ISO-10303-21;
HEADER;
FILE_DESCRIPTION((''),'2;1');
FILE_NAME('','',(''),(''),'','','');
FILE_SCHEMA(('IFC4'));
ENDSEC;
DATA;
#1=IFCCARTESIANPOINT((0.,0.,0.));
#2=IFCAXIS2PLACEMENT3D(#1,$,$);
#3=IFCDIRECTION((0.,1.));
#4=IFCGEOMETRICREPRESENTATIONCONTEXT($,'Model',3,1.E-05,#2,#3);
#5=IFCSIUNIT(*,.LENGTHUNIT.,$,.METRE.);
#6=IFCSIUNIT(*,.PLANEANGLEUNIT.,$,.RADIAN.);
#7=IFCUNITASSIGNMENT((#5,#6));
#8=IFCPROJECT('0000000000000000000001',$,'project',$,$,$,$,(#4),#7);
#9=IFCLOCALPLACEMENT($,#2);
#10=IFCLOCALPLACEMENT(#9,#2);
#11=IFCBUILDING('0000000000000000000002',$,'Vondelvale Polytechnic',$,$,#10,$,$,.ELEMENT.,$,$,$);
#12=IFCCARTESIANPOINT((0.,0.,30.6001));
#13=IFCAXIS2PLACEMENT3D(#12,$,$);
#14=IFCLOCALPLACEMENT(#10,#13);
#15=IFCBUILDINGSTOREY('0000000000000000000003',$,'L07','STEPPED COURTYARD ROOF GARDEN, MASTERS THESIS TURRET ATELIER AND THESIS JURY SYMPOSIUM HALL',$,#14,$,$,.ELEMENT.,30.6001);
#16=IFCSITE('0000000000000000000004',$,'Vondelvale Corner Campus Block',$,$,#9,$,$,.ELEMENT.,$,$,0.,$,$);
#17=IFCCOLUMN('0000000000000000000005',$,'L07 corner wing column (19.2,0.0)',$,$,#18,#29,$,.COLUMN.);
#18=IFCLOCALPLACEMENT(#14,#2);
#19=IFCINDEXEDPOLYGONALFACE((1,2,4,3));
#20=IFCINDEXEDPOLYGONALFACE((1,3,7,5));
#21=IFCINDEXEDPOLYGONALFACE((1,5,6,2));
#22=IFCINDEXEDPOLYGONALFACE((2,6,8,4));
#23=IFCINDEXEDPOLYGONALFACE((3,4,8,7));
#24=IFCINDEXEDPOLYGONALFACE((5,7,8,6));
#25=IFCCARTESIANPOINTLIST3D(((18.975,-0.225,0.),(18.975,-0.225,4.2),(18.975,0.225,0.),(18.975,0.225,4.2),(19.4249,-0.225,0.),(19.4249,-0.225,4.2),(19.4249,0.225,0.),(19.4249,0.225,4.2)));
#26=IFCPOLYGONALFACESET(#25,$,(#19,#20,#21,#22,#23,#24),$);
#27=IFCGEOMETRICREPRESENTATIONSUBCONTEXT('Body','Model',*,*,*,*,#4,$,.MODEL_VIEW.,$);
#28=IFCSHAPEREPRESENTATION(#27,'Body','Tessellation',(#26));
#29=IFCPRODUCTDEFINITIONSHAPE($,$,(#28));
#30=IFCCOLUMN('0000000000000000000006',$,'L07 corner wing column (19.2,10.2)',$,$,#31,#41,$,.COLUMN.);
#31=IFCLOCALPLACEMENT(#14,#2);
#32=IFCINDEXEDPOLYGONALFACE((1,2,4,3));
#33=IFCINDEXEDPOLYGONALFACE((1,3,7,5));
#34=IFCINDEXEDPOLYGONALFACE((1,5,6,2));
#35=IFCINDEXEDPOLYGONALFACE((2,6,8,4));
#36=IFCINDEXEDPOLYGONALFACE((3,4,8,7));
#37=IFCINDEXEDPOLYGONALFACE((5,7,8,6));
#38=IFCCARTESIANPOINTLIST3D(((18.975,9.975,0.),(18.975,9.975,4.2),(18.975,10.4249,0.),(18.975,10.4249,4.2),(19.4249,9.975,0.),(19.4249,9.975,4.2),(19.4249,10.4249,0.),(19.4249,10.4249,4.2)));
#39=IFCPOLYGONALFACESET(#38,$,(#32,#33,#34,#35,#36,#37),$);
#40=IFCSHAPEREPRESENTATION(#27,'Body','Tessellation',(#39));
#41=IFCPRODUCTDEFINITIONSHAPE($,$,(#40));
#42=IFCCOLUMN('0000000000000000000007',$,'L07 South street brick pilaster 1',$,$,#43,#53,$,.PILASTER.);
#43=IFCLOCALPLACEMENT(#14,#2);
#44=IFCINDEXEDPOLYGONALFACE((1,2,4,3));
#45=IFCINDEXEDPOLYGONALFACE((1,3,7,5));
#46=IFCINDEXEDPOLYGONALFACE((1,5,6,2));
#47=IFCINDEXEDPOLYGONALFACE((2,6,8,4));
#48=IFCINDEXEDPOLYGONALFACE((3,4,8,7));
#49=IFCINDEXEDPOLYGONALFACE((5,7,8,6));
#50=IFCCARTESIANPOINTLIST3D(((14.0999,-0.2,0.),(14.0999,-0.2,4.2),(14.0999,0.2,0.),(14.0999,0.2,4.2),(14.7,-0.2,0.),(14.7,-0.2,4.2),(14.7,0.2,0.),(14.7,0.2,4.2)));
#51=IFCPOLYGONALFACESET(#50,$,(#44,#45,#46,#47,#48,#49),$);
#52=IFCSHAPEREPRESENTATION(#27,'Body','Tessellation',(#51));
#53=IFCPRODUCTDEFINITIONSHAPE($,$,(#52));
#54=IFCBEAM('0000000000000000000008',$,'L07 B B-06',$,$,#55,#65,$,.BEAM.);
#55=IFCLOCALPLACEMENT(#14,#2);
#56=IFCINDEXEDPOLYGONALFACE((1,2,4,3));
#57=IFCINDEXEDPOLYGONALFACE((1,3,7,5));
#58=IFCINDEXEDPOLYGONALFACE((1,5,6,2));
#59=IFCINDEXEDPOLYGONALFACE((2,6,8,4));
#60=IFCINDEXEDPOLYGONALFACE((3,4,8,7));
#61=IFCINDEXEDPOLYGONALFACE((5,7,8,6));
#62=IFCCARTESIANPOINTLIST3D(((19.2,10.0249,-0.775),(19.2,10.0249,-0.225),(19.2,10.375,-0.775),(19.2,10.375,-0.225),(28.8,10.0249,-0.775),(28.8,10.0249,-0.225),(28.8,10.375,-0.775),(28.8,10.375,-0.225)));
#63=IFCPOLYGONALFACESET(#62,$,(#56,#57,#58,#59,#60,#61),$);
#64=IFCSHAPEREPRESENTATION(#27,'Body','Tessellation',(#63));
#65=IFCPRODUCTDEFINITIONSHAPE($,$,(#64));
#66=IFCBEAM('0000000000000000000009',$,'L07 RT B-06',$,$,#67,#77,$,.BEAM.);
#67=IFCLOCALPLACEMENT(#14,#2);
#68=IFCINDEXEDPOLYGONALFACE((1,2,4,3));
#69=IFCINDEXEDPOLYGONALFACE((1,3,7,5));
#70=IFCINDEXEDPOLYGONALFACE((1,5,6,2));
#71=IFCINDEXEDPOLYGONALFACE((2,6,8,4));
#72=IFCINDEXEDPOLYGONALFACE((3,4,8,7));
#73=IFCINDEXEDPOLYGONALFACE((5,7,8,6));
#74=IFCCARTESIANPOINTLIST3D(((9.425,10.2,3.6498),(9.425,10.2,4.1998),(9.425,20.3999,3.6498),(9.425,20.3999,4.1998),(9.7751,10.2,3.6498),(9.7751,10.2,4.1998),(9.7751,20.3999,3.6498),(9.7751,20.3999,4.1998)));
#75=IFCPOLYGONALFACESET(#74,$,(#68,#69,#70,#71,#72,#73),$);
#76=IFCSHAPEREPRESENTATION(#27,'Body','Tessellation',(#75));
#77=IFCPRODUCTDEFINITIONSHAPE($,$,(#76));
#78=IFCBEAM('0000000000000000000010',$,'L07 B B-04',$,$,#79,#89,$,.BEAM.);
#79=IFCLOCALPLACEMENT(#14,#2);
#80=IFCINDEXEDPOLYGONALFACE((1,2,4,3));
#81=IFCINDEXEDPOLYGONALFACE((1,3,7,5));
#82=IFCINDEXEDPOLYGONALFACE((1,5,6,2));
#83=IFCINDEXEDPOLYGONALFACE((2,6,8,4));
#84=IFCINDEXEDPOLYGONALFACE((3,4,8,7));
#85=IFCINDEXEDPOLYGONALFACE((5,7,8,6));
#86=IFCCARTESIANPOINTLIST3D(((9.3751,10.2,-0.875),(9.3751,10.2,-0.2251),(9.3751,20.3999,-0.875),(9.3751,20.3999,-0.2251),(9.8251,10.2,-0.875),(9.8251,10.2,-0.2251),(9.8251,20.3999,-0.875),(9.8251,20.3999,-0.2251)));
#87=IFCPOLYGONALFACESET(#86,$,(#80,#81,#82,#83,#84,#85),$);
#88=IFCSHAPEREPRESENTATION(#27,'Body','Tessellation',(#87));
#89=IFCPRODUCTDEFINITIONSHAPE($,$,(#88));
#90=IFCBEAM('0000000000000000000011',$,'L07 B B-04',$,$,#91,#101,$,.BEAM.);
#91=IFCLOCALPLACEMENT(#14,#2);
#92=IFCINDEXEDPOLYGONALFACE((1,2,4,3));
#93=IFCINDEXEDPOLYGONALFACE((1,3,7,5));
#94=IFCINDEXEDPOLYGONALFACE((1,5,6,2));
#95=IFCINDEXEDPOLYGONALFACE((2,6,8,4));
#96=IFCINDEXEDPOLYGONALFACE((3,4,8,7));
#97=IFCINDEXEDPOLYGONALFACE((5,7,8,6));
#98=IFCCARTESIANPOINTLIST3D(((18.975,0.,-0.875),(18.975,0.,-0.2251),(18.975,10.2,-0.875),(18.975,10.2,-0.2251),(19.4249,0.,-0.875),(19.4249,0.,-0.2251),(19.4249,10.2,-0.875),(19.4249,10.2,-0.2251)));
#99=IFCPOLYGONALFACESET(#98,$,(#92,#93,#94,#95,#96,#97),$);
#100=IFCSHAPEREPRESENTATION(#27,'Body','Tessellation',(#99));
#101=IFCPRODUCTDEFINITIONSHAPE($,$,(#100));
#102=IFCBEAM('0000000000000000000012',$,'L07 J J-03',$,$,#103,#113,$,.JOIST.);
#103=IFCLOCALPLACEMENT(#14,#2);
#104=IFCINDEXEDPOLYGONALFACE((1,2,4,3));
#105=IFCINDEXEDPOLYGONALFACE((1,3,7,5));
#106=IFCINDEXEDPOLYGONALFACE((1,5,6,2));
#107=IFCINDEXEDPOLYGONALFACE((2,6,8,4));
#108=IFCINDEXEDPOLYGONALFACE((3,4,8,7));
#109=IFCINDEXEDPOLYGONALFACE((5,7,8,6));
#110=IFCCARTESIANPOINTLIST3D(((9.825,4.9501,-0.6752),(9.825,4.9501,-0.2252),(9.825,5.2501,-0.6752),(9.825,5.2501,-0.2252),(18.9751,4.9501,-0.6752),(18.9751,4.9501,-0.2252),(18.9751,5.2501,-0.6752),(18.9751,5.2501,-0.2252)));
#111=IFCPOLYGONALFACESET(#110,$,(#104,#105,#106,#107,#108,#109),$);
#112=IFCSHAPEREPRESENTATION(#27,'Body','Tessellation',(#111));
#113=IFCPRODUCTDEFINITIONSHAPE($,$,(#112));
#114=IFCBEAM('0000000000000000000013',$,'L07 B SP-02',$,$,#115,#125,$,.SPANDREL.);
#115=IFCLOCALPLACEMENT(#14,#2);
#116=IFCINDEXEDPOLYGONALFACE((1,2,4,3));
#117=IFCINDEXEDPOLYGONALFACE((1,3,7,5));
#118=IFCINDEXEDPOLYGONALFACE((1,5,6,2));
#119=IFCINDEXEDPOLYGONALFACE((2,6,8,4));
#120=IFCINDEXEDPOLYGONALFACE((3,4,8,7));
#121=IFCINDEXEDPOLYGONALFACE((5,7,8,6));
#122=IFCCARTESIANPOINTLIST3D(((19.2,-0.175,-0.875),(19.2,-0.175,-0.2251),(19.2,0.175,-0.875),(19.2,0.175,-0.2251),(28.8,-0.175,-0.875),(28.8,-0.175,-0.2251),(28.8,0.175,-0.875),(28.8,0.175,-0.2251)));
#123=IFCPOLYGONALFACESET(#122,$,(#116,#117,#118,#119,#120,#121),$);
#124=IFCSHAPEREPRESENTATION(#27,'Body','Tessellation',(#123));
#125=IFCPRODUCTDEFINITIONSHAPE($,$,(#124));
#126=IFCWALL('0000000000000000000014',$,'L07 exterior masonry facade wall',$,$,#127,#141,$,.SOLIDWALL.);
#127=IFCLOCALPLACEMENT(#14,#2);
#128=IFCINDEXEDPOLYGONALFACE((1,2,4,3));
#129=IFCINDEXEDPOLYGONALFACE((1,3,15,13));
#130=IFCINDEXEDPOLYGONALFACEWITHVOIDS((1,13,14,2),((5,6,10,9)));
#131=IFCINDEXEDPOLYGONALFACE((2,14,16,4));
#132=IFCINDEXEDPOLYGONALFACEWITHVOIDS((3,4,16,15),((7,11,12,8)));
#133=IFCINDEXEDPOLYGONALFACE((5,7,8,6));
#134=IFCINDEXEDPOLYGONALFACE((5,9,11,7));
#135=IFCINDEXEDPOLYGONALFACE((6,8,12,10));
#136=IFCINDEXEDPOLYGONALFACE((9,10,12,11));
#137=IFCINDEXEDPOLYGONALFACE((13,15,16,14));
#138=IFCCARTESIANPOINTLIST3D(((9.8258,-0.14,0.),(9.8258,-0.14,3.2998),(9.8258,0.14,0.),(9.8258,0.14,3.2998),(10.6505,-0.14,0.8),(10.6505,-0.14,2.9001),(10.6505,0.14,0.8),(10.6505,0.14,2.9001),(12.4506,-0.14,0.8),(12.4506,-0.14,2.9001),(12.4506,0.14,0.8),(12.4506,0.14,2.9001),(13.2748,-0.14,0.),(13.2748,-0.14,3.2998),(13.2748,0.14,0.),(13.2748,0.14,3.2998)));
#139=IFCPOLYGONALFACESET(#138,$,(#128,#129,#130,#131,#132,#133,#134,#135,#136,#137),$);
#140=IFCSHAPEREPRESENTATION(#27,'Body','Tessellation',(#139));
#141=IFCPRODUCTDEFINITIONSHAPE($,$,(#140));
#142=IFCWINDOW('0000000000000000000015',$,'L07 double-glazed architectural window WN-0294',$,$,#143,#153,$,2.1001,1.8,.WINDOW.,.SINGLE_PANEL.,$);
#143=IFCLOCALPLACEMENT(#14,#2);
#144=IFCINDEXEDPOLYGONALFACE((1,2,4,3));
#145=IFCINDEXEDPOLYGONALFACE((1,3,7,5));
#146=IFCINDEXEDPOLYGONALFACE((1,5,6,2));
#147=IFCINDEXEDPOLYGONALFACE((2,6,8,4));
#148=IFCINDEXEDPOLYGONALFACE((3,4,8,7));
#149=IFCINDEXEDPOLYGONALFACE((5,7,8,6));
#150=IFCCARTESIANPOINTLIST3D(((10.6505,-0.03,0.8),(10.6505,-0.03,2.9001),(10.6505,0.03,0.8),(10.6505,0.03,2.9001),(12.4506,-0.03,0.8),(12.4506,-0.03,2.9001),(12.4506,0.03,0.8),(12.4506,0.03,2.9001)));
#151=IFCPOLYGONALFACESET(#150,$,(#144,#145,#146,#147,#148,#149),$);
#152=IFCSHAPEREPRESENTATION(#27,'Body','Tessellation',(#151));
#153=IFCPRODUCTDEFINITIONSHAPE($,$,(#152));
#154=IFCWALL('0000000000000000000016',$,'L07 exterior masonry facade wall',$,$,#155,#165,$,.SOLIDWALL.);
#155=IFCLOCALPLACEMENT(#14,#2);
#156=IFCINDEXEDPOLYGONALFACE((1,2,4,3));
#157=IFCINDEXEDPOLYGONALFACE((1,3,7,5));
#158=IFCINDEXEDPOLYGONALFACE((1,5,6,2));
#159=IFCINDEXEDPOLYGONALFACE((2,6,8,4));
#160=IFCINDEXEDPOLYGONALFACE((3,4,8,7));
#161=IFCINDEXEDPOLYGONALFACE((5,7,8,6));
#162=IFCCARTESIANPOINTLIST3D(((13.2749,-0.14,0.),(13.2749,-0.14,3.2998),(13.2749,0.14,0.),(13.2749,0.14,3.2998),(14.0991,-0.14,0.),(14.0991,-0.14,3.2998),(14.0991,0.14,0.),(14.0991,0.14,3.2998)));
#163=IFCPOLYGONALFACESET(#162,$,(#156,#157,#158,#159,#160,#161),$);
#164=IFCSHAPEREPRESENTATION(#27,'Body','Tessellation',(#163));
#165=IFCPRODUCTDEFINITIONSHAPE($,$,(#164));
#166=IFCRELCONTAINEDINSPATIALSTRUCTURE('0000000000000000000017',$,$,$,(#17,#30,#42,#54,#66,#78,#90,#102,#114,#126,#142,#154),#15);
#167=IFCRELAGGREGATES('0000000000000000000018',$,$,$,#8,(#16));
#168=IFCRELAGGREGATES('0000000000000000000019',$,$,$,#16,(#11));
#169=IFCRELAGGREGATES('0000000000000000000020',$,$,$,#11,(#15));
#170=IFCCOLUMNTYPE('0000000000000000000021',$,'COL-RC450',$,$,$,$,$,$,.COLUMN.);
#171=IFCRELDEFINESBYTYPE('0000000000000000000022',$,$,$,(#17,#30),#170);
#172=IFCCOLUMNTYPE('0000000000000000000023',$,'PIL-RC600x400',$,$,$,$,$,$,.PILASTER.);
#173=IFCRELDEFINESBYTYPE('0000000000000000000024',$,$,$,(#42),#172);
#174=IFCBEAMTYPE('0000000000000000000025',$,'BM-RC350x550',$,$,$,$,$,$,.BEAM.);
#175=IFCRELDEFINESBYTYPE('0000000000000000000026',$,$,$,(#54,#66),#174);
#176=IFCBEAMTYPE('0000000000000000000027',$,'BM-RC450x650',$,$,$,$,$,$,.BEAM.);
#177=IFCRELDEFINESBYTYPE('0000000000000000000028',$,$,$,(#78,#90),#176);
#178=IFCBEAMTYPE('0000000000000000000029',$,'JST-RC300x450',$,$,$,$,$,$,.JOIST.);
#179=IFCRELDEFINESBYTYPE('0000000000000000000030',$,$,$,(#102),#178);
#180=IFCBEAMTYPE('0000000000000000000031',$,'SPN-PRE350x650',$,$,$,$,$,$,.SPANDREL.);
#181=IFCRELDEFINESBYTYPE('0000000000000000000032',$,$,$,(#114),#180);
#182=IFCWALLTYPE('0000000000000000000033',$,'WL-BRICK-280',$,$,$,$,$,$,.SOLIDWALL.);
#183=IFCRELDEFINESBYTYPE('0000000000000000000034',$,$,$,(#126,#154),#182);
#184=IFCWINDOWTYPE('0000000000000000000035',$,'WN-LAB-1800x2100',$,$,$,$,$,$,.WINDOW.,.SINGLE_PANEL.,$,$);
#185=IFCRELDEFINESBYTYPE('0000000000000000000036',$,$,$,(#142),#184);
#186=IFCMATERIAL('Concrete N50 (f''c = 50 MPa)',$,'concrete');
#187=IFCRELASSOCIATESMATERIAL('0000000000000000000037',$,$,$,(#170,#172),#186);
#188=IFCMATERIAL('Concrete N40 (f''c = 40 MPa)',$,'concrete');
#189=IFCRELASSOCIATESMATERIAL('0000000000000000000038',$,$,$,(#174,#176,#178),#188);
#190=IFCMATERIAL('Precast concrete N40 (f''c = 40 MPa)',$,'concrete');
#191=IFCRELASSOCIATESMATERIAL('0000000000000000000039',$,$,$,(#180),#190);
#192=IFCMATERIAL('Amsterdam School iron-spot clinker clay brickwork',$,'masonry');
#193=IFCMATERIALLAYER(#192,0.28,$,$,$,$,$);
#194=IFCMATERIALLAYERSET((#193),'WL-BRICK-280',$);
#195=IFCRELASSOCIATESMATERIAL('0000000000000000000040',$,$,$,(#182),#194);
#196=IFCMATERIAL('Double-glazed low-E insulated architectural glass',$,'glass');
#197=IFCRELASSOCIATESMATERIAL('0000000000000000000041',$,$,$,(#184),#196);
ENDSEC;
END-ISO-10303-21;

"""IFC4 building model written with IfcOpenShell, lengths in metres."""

from ifc_helpers import new_model, si_unit, direction, frame, frame_2d, origin, origin_2d, place, context, subcontext, project, spatial, rectangle, extrude, material, layer, layer_set, material_profile, profile_set, type_object, element, fill, save


model = new_model("IFC4")

# Units and contexts
model_context = context("Model", 3, precision=1e-05, world=origin(), true_north=direction((0.0, 1.0)))
body_context = subcontext(model_context, "Body", "Model", "MODEL_VIEW")
ifc_project = project(units=[si_unit("LENGTHUNIT", "METRE"), si_unit("PLANEANGLEUNIT", "RADIAN")], contexts=[model_context])

# Site, building, storey
site_placement = place(None, origin())
site = spatial("IfcSite", under=ifc_project, at=site_placement, Name="Vondelvale Corner Campus Block", CompositionType="ELEMENT", RefElevation=0.0)
building_placement = place(site_placement, origin())
building = spatial("IfcBuilding", under=site, at=building_placement, Name="Vondelvale Polytechnic", CompositionType="ELEMENT")
storey_placement = place(building_placement, frame((0.0, 0.0, 30.6001)))
storey = spatial("IfcBuildingStorey", under=building, at=storey_placement, Name="L07", Description="STEPPED COURTYARD ROOF GARDEN, MASTERS THESIS TURRET ATELIER AND THESIS JURY SYMPOSIUM HALL", CompositionType="ELEMENT", Elevation=30.6001)

# Columns
ifc_material_1 = material(Name="Concrete N50 (f'c = 50 MPa)", Category="concrete")
ifc_material_profile_1 = material_profile(ifc_material_1, rectangle(XDim=0.45, YDim=0.45, at=origin_2d()), Name="RC-COL-450x450")
ifc_profile_set_1 = profile_set([ifc_material_profile_1], Name="Concrete N50 (f'c = 50 MPa)")
column_type_1 = type_object("IfcColumnType", Name="COL-RC450", PredefinedType="COLUMN", material=ifc_profile_set_1)
for number, where, z_axis, x_axis, name in (
    (1, (19.2, 0.0, 0.0), (0.0, 0.0, 1.0), (1.0, 0.0, 0.0), "L07 corner wing column (19.2,0.0)"),
    (2, (19.2, 10.2, 0.0), (0.0, 0.0, 1.0), (1.0, 0.0, 0.0), "L07 corner wing column (19.2,10.2)"),
):
    element("IfcColumn", number, at=place(storey_placement, frame(where, z_axis=z_axis, x_axis=x_axis)), inside=storey, type_object=column_type_1, Name=name, PredefinedType="COLUMN", context=body_context, shape_type="SweptSolid", body=[
        extrude(rectangle(XDim=0.45, YDim=0.45, at=origin_2d()), origin(), (0.0, 0.0, 1.0), 4.2),
    ])
ifc_material_profile_2 = material_profile(ifc_material_1, rectangle(XDim=0.3999, YDim=0.6001, at=origin_2d()), Name="RC-PIL-600x400")
ifc_profile_set_2 = profile_set([ifc_material_profile_2], Name="Concrete N50 (f'c = 50 MPa)")
column_type_2 = type_object("IfcColumnType", Name="PIL-RC600x400", PredefinedType="PILASTER", material=ifc_profile_set_2)
column_placement = place(storey_placement, frame((14.3999, 0.0, 0.0), z_axis=(0.0, 0.0, 1.0), x_axis=(0.0, 1.0, 0.0)))
element("IfcColumn", 3, at=column_placement, inside=storey, type_object=column_type_2, Name="L07 South street brick pilaster 1", PredefinedType="PILASTER", context=body_context, shape_type="SweptSolid", body=[
    extrude(rectangle(XDim=0.3999, YDim=0.6001, at=origin_2d()), origin(), (0.0, 0.0, 1.0), 4.2),
])

# Beams
ifc_material_2 = material(Name="Concrete N40 (f'c = 40 MPa)", Category="concrete")
ifc_material_profile_3 = material_profile(ifc_material_2, rectangle(XDim=0.3501, YDim=0.55, at=origin_2d()), Name="RC-BM-350x550")
ifc_profile_set_3 = profile_set([ifc_material_profile_3], Name="Concrete N40 (f'c = 40 MPa)")
beam_type_1 = type_object("IfcBeamType", Name="BM-RC350x550", PredefinedType="BEAM", material=ifc_profile_set_3)
beam_1_placement = place(storey_placement, frame((19.2, 10.2, -0.5), z_axis=(1.0, 0.0, 0.0), x_axis=(0.0, 1.0, 0.0)))
element("IfcBeam", 4, at=beam_1_placement, inside=storey, type_object=beam_type_1, Name="L07 B B-06", PredefinedType="BEAM", context=body_context, shape_type="SweptSolid", body=[
    extrude(rectangle(XDim=0.3501, YDim=0.55, at=origin_2d()), origin(), (0.0, 0.0, 1.0), 9.6001),
])
beam_2_placement = place(storey_placement, frame((9.6001, 10.2, 3.9248), z_axis=(0.0, 1.0, 0.0), x_axis=(-1.0, 0.0, 0.0)))
element("IfcBeam", 5, at=beam_2_placement, inside=storey, type_object=beam_type_1, Name="L07 RT B-06", PredefinedType="BEAM", context=body_context, shape_type="SweptSolid", body=[
    extrude(rectangle(XDim=0.3501, YDim=0.55, at=origin_2d()), origin(), (0.0, 0.0, 1.0), 10.2),
])
ifc_material_profile_4 = material_profile(ifc_material_2, rectangle(XDim=0.45, YDim=0.6499, at=origin_2d()), Name="RC-BM-450x650")
ifc_profile_set_4 = profile_set([ifc_material_profile_4], Name="Concrete N40 (f'c = 40 MPa)")
beam_type_2 = type_object("IfcBeamType", Name="BM-RC450x650", PredefinedType="BEAM", material=ifc_profile_set_4)
for number, where, z_axis, x_axis, name in (
    (6, (9.6001, 10.2, -0.55), (0.0, 1.0, 0.0), (-1.0, 0.0, 0.0), "L07 B B-04"),
    (7, (19.2, 0.0, -0.55), (0.0, 1.0, 0.0), (-1.0, 0.0, 0.0), "L07 B B-04"),
):
    element("IfcBeam", number, at=place(storey_placement, frame(where, z_axis=z_axis, x_axis=x_axis)), inside=storey, type_object=beam_type_2, Name=name, PredefinedType="BEAM", context=body_context, shape_type="SweptSolid", body=[
        extrude(rectangle(XDim=0.45, YDim=0.6499, at=origin_2d()), origin(), (0.0, 0.0, 1.0), 10.2),
    ])
ifc_material_profile_5 = material_profile(ifc_material_2, rectangle(XDim=0.3, YDim=0.45, at=origin_2d()), Name="RC-JST-300x450")
ifc_profile_set_5 = profile_set([ifc_material_profile_5], Name="Concrete N40 (f'c = 40 MPa)")
beam_type_3 = type_object("IfcBeamType", Name="JST-RC300x450", PredefinedType="JOIST", material=ifc_profile_set_5)
beam_3_placement = place(storey_placement, frame((9.825, 5.1001, -0.4502), z_axis=(1.0, 0.0, 0.0), x_axis=(0.0, 1.0, 0.0)))
element("IfcBeam", 8, at=beam_3_placement, inside=storey, type_object=beam_type_3, Name="L07 J J-03", PredefinedType="JOIST", context=body_context, shape_type="SweptSolid", body=[
    extrude(rectangle(XDim=0.3, YDim=0.45, at=origin_2d()), origin(), (0.0, 0.0, 1.0), 9.1501),
])
ifc_material_3 = material(Name="Precast concrete N40 (f'c = 40 MPa)", Category="concrete")
ifc_material_profile_6 = material_profile(ifc_material_3, rectangle(XDim=0.3501, YDim=0.6499, at=origin_2d()), Name="RC-SPN-350x650")
ifc_profile_set_6 = profile_set([ifc_material_profile_6], Name="Precast concrete N40 (f'c = 40 MPa)")
beam_type_4 = type_object("IfcBeamType", Name="SPN-PRE350x650", PredefinedType="SPANDREL", material=ifc_profile_set_6)
beam_4_placement = place(storey_placement, frame((19.2, 0.0, -0.55), z_axis=(1.0, 0.0, 0.0), x_axis=(0.0, 1.0, 0.0)))
element("IfcBeam", 9, at=beam_4_placement, inside=storey, type_object=beam_type_4, Name="L07 B SP-02", PredefinedType="SPANDREL", context=body_context, shape_type="SweptSolid", body=[
    extrude(rectangle(XDim=0.3501, YDim=0.6499, at=origin_2d()), origin(), (0.0, 0.0, 1.0), 9.6001),
])

# Wall, opening, window
ifc_material_4 = material(Name="Amsterdam School iron-spot clinker clay brickwork", Category="masonry")
ifc_layer_1 = layer(ifc_material_4, 0.28)
ifc_layer_set_1 = layer_set([ifc_layer_1], Name="WL-BRICK-280")
wall_type_1 = type_object("IfcWallType", Name="WL-BRICK-280", PredefinedType="SOLIDWALL", material=ifc_layer_set_1)
wall_1_placement = place(storey_placement, frame((13.2749, 0.0, 0.0), z_axis=(0.0, 0.0, 1.0), x_axis=(-1.0, 0.0, 0.0)))
wall_1 = element("IfcWall", 10, at=wall_1_placement, inside=storey, type_object=wall_type_1, Name="L07 exterior masonry facade wall", PredefinedType="SOLIDWALL", context=body_context, shape_type="SweptSolid", body=[
    extrude(rectangle(XDim=3.449, YDim=0.28, at=frame_2d((1.7246, 0.0))), origin(), (0.0, 0.0, 1.0), 3.2998),
])
opening_1_placement = place(wall_1_placement, frame((0.8245, 0.0, 0.8)))
opening_1 = element("IfcOpeningElement", 11, at=opening_1_placement, cuts=wall_1, PredefinedType="OPENING", context=body_context, shape_type="SweptSolid", body=[
    extrude(rectangle(XDim=1.8, YDim=2.1001, at=frame_2d((0.8999, 1.05))), frame((0.0, 0.1499, 0.0), z_axis=(0.0, -1.0, 0.0), x_axis=(1.0, 0.0, 0.0)), (0.0, 0.0, 1.0), 0.3),
])
ifc_material_5 = material(Name="Double-glazed low-E insulated architectural glass", Category="glass")
window_type_1 = type_object("IfcWindowType", Name="WN-LAB-1800x2100", PartitioningType="SINGLE_PANEL", PredefinedType="WINDOW", material=ifc_material_5)
window_1_placement = place(opening_1_placement, origin())
window_1 = element("IfcWindow", 12, at=window_1_placement, inside=storey, type_object=window_type_1, Name="L07 double-glazed architectural window WN-0294", OverallHeight=2.1001, OverallWidth=1.8, PartitioningType="SINGLE_PANEL", PredefinedType="WINDOW", context=body_context, shape_type="SweptSolid", body=[
    extrude(rectangle(XDim=1.8, YDim=2.1001, at=frame_2d((0.8999, 1.05))), frame((0.0, 0.03, 0.0), z_axis=(0.0, -1.0, 0.0), x_axis=(1.0, 0.0, 0.0)), (0.0, 0.0, 1.0), 0.0601),
])
fill(opening_1, window_1)

# Wall
wall_2_placement = place(storey_placement, frame((14.0991, 0.0, 0.0), z_axis=(0.0, 0.0, 1.0), x_axis=(-1.0, 0.0, 0.0)))
element("IfcWall", 13, at=wall_2_placement, inside=storey, type_object=wall_type_1, Name="L07 exterior masonry facade wall", PredefinedType="SOLIDWALL", context=body_context, shape_type="SweptSolid", body=[
    extrude(rectangle(XDim=0.8242, YDim=0.28, at=frame_2d((0.4121, 0.0))), origin(), (0.0, 0.0, 1.0), 3.2998),
])

save(model, "model.ifc")
